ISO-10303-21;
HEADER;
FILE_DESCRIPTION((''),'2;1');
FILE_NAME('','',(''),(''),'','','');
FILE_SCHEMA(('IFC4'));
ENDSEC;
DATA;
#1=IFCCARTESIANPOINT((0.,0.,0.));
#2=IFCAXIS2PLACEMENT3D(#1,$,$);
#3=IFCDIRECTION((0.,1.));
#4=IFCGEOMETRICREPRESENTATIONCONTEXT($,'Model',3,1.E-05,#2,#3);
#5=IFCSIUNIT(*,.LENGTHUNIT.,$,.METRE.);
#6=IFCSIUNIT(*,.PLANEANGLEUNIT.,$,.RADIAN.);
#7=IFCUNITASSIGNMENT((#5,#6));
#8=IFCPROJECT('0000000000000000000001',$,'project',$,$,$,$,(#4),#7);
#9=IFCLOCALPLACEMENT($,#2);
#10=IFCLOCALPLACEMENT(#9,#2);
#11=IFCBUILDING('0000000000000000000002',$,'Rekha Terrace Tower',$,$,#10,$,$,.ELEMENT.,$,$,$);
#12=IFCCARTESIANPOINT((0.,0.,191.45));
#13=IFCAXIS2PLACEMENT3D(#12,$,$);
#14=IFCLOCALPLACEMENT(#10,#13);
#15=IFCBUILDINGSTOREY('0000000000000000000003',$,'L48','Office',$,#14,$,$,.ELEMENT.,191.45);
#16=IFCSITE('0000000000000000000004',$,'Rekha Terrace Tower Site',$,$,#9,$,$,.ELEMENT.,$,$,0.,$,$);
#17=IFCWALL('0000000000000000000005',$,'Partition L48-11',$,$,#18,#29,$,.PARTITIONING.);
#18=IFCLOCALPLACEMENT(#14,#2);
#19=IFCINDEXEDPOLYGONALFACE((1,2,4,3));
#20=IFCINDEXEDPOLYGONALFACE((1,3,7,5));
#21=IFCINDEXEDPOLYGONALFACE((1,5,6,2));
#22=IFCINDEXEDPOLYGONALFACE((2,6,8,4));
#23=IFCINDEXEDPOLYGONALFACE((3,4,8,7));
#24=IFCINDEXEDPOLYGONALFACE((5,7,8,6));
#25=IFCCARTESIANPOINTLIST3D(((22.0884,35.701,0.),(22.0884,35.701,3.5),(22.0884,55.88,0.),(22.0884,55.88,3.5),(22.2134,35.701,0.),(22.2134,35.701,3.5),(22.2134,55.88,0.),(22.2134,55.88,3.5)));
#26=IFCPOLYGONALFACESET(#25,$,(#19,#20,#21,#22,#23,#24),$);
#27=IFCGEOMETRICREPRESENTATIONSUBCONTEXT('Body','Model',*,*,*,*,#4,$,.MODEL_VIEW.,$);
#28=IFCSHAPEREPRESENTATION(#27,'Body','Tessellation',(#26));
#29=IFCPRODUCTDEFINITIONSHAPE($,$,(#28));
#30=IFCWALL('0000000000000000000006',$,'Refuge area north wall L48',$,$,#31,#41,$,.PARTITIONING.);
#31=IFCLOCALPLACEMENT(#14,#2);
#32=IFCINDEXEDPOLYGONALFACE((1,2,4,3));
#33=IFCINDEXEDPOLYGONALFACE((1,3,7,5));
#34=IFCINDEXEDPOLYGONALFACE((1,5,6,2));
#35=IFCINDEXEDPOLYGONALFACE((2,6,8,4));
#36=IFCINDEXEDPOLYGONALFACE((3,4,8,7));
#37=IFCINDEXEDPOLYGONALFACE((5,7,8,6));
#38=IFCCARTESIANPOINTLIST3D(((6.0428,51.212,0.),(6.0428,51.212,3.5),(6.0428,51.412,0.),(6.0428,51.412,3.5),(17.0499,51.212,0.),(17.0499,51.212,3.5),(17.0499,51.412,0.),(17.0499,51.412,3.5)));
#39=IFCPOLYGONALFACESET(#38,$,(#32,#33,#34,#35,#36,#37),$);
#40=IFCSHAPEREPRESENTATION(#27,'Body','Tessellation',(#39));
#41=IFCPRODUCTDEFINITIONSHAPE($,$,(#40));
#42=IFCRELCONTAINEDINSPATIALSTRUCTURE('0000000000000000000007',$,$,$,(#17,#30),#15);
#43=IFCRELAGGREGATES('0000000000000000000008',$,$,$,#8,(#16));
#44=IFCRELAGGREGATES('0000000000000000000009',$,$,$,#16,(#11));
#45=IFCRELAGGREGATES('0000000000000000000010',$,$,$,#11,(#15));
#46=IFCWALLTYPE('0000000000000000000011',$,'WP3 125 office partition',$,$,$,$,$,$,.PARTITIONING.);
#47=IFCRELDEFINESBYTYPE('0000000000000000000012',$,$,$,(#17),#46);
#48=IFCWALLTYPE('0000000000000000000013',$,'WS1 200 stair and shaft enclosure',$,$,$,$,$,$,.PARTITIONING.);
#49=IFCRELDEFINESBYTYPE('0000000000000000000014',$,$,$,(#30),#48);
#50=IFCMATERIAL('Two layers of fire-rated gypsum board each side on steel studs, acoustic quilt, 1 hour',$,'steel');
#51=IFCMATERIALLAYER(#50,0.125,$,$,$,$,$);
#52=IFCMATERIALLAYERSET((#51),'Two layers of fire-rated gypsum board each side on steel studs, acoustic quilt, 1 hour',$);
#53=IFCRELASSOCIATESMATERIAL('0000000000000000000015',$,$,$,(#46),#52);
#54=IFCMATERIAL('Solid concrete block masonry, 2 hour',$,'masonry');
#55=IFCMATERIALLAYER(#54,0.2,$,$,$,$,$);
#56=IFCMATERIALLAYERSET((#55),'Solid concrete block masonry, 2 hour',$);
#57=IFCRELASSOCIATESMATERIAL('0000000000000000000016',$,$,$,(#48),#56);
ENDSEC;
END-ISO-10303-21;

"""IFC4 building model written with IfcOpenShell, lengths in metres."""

from ifc_helpers import new_model, si_unit, direction, frame, frame_2d, origin, place, context, subcontext, project, spatial, rectangle, extrude, material, layer, layer_set, type_object, element, save


model = new_model("IFC4")

# Units and contexts
model_context = context("Model", 3, precision=1e-05, world=origin(), true_north=direction((0.0, 1.0)))
body_context = subcontext(model_context, "Body", "Model", "MODEL_VIEW")
ifc_project = project(units=[si_unit("LENGTHUNIT", "METRE"), si_unit("PLANEANGLEUNIT", "RADIAN")], contexts=[model_context])

# Site, building, storey
site_placement = place(None, origin())
site = spatial("IfcSite", under=ifc_project, at=site_placement, Name="Rekha Terrace Tower Site", CompositionType="ELEMENT", RefElevation=0.0)
building_placement = place(site_placement, origin())
building = spatial("IfcBuilding", under=site, at=building_placement, Name="Rekha Terrace Tower", CompositionType="ELEMENT")
storey_placement = place(building_placement, frame((0.0, 0.0, 191.45)))
storey = spatial("IfcBuildingStorey", under=building, at=storey_placement, Name="L48", Description="Office", CompositionType="ELEMENT", Elevation=191.45)

# Walls
ifc_material_1 = material(Name="Two layers of fire-rated gypsum board each side on steel studs, acoustic quilt, 1 hour", Category="steel")
ifc_layer_1 = layer(ifc_material_1, 0.125)
ifc_layer_set_1 = layer_set([ifc_layer_1], Name="Two layers of fire-rated gypsum board each side on steel studs, acoustic quilt, 1 hour")
wall_type_1 = type_object("IfcWallType", Name="WP3 125 office partition", PredefinedType="PARTITIONING", material=ifc_layer_set_1)
wall_1_placement = place(storey_placement, frame((22.1509, 55.8799, 0.0), z_axis=(0.0, 0.0, 1.0), x_axis=(0.0, -1.0, 0.0)))
element("IfcWall", 1, at=wall_1_placement, inside=storey, type_object=wall_type_1, Name="Partition L48-11", PredefinedType="PARTITIONING", context=body_context, shape_type="SweptSolid", body=[
    extrude(rectangle(XDim=20.179, YDim=0.125, at=frame_2d((10.0894, 0.0))), origin(), (0.0, 0.0, 1.0), 3.5),
])
ifc_material_2 = material(Name="Solid concrete block masonry, 2 hour", Category="masonry")
ifc_layer_2 = layer(ifc_material_2, 0.2)
ifc_layer_set_2 = layer_set([ifc_layer_2], Name="Solid concrete block masonry, 2 hour")
wall_type_2 = type_object("IfcWallType", Name="WS1 200 stair and shaft enclosure", PredefinedType="PARTITIONING", material=ifc_layer_set_2)
wall_2_placement = place(storey_placement, frame((6.043, 51.312, 0.0), z_axis=(0.0, 0.0, 1.0), x_axis=(1.0, 0.0, 0.0)))
element("IfcWall", 2, at=wall_2_placement, inside=storey, type_object=wall_type_2, Name="Refuge area north wall L48", PredefinedType="PARTITIONING", context=body_context, shape_type="SweptSolid", body=[
    extrude(rectangle(XDim=11.0071, YDim=0.2, at=frame_2d((5.5034, 0.0))), origin(), (0.0, 0.0, 1.0), 3.5),
])

save(model, "model.ifc")
